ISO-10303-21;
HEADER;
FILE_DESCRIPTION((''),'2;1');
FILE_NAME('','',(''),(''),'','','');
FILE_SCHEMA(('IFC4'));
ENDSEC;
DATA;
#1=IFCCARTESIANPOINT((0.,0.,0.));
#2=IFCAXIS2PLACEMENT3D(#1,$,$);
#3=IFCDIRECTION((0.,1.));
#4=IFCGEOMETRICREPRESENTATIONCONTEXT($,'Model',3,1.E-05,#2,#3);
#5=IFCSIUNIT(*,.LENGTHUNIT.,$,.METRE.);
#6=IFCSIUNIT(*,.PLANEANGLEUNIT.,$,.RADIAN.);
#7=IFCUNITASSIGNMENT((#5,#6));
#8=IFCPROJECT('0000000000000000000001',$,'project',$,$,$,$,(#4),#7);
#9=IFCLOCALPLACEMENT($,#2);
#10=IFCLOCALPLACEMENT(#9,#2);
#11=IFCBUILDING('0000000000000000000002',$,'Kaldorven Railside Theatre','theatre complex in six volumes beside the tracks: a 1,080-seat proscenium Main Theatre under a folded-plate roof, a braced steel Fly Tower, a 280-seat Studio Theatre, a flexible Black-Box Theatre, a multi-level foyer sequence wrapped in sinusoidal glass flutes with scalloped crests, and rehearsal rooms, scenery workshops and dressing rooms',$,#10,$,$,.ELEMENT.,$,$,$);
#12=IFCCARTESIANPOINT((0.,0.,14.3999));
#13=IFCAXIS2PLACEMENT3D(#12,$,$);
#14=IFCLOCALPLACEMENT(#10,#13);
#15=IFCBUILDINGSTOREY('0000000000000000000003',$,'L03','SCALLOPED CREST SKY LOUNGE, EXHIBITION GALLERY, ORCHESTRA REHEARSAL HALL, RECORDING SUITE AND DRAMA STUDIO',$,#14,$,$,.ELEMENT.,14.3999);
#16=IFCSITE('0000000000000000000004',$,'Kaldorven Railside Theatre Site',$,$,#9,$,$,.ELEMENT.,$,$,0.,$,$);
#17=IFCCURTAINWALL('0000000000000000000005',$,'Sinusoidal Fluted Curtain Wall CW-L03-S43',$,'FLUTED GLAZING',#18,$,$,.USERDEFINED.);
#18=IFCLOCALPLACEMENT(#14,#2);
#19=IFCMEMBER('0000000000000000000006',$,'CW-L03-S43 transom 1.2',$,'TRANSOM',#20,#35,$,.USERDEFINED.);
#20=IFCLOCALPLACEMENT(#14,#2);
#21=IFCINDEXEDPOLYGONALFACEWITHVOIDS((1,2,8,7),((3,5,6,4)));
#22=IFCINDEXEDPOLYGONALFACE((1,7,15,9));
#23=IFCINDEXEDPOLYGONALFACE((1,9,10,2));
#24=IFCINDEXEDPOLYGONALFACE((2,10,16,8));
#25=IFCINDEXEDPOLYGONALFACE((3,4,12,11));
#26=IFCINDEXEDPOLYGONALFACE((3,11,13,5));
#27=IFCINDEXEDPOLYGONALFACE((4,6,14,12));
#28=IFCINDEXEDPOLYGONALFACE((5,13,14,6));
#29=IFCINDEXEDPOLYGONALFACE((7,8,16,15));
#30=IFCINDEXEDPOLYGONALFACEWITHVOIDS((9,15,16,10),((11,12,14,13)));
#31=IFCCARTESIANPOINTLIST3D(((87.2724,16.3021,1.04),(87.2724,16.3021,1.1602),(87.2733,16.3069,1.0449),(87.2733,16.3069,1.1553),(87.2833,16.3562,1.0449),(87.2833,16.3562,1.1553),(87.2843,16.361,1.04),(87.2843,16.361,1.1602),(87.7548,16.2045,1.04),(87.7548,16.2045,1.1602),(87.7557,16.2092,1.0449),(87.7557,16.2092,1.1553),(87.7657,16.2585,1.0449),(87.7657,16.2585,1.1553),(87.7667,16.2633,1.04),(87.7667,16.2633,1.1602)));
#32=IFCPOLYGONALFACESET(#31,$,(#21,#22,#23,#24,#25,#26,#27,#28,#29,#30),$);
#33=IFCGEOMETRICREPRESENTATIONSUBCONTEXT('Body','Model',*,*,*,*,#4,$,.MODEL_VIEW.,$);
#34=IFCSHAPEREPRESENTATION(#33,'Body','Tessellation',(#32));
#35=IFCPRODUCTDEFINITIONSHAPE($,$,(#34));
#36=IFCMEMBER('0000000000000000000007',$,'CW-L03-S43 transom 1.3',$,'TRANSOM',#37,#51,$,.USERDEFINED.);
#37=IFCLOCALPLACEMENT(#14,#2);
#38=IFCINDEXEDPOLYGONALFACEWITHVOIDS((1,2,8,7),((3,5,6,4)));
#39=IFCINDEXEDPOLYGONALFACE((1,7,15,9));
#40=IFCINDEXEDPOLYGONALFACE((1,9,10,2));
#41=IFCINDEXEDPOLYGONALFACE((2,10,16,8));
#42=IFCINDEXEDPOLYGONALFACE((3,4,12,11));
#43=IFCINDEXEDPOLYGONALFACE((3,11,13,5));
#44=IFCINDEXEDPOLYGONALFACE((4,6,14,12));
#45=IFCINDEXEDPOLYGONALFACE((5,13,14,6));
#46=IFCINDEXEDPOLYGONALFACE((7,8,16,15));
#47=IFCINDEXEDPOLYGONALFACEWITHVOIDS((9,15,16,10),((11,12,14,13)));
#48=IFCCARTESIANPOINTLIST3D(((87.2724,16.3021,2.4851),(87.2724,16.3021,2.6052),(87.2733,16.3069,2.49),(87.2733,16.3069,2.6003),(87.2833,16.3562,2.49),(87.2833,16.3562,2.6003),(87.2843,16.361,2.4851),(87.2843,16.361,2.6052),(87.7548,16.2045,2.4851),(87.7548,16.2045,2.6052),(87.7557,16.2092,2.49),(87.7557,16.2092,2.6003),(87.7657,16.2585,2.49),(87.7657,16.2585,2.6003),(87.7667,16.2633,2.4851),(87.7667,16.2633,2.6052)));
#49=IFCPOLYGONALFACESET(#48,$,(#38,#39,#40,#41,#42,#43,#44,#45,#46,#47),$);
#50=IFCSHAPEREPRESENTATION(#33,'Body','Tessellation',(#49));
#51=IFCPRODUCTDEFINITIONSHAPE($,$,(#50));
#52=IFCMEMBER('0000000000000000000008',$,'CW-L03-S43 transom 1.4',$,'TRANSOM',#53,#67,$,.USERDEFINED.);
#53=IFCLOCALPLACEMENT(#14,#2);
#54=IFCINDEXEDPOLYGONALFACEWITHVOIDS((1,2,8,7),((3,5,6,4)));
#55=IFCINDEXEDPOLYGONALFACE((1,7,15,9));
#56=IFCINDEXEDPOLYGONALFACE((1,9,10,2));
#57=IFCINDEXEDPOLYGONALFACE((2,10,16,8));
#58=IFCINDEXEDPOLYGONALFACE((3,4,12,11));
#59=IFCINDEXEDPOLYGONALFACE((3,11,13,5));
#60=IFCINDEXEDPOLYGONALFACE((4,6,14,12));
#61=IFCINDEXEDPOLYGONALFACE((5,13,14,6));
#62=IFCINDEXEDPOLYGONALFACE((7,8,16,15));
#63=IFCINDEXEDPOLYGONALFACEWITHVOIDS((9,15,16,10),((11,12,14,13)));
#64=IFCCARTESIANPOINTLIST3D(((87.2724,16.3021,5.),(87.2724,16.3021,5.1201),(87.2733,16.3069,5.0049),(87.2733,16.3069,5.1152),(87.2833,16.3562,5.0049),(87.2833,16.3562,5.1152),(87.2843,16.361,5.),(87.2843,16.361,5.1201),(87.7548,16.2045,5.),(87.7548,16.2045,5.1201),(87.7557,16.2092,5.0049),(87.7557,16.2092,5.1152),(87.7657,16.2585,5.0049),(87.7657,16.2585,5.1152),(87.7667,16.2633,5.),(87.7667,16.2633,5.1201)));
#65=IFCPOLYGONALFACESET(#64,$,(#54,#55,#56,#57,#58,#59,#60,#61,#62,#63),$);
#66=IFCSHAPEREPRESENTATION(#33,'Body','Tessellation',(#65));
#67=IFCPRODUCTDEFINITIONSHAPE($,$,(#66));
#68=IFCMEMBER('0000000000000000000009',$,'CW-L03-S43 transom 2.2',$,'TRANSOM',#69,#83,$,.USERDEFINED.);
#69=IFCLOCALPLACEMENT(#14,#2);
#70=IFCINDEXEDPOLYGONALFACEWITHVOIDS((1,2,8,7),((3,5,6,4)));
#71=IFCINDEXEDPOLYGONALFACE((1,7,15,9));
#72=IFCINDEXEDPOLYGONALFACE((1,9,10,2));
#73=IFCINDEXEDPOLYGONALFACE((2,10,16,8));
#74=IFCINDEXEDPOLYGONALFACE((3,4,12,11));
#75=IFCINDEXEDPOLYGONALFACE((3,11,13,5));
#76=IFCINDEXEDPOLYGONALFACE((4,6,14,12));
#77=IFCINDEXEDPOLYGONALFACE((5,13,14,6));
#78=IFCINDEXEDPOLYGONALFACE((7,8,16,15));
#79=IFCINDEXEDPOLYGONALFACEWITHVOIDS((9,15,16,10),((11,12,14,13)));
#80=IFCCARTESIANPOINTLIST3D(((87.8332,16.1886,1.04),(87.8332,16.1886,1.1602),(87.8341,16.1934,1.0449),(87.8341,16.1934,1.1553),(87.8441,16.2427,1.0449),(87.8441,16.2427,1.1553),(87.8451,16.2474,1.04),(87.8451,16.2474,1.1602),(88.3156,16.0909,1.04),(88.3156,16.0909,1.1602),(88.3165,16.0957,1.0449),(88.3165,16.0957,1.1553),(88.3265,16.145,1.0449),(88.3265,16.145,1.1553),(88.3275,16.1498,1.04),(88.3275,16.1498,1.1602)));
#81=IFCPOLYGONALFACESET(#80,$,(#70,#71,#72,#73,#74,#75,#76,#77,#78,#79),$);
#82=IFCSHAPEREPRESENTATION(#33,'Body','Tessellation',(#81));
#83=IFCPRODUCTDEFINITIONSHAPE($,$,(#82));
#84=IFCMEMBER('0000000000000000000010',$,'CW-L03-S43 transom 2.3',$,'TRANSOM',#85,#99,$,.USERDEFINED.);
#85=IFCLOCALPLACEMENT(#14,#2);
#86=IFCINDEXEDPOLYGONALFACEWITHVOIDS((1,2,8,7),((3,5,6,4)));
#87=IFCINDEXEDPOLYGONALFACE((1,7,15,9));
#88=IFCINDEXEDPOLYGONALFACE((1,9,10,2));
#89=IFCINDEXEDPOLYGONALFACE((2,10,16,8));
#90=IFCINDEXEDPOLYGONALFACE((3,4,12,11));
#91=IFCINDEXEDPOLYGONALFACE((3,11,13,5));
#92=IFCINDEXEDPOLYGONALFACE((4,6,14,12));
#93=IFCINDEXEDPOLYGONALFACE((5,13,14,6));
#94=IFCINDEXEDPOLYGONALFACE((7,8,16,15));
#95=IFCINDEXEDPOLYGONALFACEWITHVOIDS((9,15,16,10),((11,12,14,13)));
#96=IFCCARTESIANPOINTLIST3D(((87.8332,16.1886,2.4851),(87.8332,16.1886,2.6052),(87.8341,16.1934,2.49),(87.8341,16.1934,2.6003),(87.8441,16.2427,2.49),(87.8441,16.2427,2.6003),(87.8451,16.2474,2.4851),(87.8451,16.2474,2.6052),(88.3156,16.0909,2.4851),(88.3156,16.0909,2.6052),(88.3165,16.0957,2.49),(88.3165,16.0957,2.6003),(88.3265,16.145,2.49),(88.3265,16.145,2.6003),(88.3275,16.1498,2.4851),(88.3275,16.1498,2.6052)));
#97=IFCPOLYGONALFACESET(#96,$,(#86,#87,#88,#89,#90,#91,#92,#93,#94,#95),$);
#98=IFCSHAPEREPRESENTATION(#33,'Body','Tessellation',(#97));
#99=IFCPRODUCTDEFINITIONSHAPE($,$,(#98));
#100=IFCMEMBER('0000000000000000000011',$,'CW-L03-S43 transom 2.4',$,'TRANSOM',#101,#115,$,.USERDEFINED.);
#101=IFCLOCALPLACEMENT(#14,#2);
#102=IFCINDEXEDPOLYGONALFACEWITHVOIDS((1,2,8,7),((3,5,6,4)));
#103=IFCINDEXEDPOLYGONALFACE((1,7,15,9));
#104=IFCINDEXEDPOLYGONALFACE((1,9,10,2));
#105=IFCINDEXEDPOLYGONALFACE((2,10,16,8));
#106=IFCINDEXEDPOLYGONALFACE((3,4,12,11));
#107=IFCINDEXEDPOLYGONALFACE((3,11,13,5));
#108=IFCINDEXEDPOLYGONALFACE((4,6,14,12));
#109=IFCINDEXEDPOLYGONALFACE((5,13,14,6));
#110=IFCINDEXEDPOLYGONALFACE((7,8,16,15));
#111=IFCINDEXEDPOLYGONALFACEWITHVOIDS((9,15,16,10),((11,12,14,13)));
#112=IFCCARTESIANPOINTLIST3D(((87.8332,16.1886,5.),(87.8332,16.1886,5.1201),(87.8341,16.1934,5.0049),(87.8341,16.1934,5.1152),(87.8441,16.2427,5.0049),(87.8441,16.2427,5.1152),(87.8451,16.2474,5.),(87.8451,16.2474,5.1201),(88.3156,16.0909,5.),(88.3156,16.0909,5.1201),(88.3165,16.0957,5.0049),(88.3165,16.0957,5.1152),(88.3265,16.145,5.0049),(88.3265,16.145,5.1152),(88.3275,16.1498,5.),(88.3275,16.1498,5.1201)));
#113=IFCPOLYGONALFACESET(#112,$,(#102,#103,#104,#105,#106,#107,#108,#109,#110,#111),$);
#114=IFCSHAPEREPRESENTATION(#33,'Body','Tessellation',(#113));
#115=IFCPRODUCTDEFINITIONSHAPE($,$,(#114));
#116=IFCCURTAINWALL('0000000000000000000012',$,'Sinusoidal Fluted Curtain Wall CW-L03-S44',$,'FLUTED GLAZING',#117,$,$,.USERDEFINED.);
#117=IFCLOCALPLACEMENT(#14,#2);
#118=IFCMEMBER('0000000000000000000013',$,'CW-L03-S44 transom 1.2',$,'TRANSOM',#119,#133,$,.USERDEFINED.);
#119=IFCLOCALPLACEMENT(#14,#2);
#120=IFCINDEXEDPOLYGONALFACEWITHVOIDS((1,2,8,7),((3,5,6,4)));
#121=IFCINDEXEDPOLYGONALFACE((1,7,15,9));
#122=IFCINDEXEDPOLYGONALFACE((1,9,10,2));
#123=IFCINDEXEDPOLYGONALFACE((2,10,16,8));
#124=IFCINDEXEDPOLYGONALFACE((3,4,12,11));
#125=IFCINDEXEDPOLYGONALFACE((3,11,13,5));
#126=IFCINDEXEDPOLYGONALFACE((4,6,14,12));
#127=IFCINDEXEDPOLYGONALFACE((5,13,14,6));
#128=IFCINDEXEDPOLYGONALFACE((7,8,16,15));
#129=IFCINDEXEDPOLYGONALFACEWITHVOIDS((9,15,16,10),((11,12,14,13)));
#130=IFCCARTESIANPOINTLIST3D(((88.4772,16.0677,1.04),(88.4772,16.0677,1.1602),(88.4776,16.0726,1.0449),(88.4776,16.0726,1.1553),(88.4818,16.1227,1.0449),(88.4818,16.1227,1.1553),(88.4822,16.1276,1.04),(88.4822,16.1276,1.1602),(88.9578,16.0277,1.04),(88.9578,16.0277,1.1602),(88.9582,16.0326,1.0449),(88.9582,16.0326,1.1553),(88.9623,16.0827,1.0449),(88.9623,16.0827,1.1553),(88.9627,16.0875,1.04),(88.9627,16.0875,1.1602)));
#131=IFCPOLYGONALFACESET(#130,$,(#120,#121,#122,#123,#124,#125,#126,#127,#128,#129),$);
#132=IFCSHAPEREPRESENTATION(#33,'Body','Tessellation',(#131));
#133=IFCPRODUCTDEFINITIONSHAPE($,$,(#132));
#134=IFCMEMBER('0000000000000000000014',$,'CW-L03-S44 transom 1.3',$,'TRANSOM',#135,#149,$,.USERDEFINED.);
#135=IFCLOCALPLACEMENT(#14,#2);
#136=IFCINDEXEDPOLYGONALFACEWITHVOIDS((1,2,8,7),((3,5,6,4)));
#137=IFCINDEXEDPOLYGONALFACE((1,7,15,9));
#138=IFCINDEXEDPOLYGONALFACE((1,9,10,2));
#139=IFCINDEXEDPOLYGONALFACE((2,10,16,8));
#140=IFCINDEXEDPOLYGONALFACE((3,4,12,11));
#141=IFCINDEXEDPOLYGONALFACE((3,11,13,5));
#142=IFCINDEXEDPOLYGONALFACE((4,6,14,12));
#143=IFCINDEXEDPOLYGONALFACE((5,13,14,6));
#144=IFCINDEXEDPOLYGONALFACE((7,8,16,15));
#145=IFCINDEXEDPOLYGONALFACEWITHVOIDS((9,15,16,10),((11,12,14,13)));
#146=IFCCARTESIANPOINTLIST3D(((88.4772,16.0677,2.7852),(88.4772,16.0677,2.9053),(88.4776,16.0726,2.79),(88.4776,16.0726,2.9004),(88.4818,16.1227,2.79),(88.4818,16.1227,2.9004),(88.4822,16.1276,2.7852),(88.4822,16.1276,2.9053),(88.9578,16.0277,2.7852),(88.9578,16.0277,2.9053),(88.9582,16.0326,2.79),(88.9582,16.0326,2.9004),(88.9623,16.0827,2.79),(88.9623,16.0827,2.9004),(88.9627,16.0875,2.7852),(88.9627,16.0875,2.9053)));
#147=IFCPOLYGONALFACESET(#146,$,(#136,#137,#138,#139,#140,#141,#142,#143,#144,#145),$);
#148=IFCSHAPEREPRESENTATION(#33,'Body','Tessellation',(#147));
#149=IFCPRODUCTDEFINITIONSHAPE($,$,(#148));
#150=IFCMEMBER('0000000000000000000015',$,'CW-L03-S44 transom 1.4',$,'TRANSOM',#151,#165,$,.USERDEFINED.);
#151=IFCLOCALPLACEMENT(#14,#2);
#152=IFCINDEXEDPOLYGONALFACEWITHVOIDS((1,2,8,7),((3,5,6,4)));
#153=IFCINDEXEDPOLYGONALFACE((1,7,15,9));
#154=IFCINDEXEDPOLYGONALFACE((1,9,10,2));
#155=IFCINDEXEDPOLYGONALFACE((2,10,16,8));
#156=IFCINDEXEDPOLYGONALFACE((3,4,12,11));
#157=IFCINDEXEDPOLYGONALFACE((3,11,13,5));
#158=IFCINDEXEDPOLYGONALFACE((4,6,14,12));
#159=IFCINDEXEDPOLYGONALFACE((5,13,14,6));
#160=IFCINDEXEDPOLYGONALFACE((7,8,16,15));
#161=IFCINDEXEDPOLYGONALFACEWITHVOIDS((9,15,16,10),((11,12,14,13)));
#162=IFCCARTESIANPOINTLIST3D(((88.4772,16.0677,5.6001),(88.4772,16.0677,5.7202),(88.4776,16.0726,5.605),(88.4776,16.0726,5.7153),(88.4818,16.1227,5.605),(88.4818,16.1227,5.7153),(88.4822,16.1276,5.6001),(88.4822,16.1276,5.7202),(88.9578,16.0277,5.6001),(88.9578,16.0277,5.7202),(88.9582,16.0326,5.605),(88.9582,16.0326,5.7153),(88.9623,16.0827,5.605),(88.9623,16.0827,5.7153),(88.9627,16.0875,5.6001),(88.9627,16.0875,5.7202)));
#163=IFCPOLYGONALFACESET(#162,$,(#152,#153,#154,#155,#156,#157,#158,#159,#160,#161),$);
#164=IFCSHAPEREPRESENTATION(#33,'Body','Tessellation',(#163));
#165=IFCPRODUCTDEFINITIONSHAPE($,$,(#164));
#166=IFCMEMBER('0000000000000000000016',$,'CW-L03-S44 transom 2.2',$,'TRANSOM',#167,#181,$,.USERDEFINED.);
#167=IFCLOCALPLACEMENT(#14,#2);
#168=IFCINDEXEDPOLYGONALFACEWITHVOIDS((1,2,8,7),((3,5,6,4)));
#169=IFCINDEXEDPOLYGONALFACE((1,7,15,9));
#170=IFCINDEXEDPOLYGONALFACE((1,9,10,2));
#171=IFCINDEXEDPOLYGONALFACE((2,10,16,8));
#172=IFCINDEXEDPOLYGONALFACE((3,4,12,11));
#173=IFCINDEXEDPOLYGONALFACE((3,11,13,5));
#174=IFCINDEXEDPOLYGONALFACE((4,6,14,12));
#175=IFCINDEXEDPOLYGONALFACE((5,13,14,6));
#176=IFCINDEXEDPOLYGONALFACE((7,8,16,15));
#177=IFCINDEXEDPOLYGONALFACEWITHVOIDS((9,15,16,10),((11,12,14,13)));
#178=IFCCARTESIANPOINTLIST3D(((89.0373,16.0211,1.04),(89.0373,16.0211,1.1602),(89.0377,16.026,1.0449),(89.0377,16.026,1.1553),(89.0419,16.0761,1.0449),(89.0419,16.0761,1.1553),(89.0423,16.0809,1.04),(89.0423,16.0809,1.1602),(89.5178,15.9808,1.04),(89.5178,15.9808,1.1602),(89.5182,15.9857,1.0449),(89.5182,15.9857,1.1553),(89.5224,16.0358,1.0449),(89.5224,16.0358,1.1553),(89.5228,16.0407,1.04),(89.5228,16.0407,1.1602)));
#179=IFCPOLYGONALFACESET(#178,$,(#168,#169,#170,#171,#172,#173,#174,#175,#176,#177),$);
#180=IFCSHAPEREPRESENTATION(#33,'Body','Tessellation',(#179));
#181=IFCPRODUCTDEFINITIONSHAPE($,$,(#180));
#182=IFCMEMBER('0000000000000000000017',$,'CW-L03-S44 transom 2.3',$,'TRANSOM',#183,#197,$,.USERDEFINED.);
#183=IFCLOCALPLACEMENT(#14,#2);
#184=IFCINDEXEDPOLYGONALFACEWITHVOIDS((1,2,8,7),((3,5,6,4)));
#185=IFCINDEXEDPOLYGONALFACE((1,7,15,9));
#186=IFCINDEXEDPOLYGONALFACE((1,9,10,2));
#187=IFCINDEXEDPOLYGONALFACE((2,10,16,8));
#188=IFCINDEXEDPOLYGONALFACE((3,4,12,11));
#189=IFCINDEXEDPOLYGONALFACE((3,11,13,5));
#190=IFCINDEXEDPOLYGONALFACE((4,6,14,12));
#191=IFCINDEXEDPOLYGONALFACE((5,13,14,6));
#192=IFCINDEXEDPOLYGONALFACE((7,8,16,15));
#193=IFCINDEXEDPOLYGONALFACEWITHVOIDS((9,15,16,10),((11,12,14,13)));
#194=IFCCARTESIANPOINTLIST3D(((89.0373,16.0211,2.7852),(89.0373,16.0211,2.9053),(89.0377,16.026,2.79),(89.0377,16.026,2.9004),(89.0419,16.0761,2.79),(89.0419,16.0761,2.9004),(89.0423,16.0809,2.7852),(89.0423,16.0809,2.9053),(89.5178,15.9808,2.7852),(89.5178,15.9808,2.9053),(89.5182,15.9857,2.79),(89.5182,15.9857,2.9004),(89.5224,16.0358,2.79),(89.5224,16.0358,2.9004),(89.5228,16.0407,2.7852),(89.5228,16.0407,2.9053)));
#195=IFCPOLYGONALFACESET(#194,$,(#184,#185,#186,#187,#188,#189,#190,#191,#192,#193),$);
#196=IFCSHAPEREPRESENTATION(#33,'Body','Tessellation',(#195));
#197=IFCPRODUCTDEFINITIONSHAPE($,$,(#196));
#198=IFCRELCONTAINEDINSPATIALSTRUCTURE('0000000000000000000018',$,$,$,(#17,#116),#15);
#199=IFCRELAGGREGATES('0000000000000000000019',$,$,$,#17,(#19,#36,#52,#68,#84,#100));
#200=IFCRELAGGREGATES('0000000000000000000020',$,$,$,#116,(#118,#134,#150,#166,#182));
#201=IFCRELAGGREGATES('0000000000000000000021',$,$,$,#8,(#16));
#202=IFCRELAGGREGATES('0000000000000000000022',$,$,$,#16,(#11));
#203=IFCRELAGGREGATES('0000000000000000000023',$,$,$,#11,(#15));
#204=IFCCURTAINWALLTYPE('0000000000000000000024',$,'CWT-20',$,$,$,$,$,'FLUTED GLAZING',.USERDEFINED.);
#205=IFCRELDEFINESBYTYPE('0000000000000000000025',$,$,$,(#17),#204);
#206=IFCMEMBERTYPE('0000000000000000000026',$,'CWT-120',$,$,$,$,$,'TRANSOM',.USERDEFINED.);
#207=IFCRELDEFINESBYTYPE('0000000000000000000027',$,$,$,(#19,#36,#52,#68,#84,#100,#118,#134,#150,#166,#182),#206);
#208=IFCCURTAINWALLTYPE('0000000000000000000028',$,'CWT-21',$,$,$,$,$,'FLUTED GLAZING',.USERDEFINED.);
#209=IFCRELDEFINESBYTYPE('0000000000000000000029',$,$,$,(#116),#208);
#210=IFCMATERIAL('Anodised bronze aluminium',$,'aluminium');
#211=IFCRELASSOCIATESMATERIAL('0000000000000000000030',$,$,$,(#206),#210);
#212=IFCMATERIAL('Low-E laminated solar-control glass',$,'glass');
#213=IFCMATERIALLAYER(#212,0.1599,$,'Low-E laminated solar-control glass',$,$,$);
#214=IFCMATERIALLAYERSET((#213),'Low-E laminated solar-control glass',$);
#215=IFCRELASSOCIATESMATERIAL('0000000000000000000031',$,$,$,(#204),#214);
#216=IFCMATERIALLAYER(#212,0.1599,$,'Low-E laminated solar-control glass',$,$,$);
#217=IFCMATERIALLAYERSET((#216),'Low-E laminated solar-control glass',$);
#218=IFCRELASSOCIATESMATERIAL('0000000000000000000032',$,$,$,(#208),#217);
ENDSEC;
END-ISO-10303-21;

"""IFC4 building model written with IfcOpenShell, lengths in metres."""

from ifc_helpers import new_model, si_unit, direction, frame, origin, origin_2d, place, context, subcontext, project, spatial, hollow_rectangle, extrude, material, layer, layer_set, material_profile, profile_set, type_object, element, aggregate, save


model = new_model("IFC4")

# Units and contexts
model_context = context("Model", 3, precision=1e-05, world=origin(), true_north=direction((0.0, 1.0)))
body_context = subcontext(model_context, "Body", "Model", "MODEL_VIEW")
ifc_project = project(units=[si_unit("LENGTHUNIT", "METRE"), si_unit("PLANEANGLEUNIT", "RADIAN")], contexts=[model_context])

# Site, building, storey
site_placement = place(None, origin())
site = spatial("IfcSite", under=ifc_project, at=site_placement, Name="Kaldorven Railside Theatre Site", CompositionType="ELEMENT", RefElevation=0.0)
building_placement = place(site_placement, origin())
building = spatial("IfcBuilding", under=site, at=building_placement, Name="Kaldorven Railside Theatre", Description="theatre complex in six volumes beside the tracks: a 1,080-seat proscenium Main Theatre under a folded-plate roof, a braced steel Fly Tower, a 280-seat Studio Theatre, a flexible Black-Box Theatre, a multi-level foyer sequence wrapped in sinusoidal glass flutes with scalloped crests, and rehearsal rooms, scenery workshops and dressing rooms", CompositionType="ELEMENT")
storey_placement = place(building_placement, frame((0.0, 0.0, 14.3999)))
storey = spatial("IfcBuildingStorey", under=building, at=storey_placement, Name="L03", Description="SCALLOPED CREST SKY LOUNGE, EXHIBITION GALLERY, ORCHESTRA REHEARSAL HALL, RECORDING SUITE AND DRAMA STUDIO", CompositionType="ELEMENT", Elevation=14.3999)

# Curtain walls, members
ifc_material_1 = material(Name="Low-E laminated solar-control glass", Category="glass")
ifc_material_2 = material(Name="Anodised bronze aluminium", Category="aluminium")
ifc_material_profile = material_profile(ifc_material_2, hollow_rectangle(XDim=0.0601, YDim=0.1201, WallThickness=0.0049, at=origin_2d()), Name="RHS 120x60x5")
ifc_profile_set = profile_set([ifc_material_profile], Name="Anodised bronze aluminium")
member_type = type_object("IfcMemberType", Name="CWT-120", ElementType="TRANSOM", PredefinedType="USERDEFINED", material=ifc_profile_set)
ifc_layer_1 = layer(ifc_material_1, 0.1599, Name="Low-E laminated solar-control glass")
ifc_layer_set_1 = layer_set([ifc_layer_1], Name="Low-E laminated solar-control glass")
curtain_wall_type_1 = type_object("IfcCurtainWallType", Name="CWT-20", ElementType="FLUTED GLAZING", PredefinedType="USERDEFINED", material=ifc_layer_set_1)
curtain_wall_1_placement = place(storey_placement, origin())
curtain_wall_1 = element("IfcCurtainWall", 1, at=curtain_wall_1_placement, inside=storey, type_object=curtain_wall_type_1, Name="Sinusoidal Fluted Curtain Wall CW-L03-S43", ObjectType="FLUTED GLAZING", PredefinedType="USERDEFINED")
member_1_placement = place(storey_placement, frame((87.2783, 16.3315, 1.1001), z_axis=(0.98012, -0.198405, 0.0), x_axis=(0.198405, 0.98012, 0.0)))
member_1 = element("IfcMember", 2, at=member_1_placement, type_object=member_type, Name="CW-L03-S43 transom 1.2", ObjectType="TRANSOM", PredefinedType="USERDEFINED", context=body_context, shape_type="SweptSolid", body=[
    extrude(hollow_rectangle(XDim=0.0601, YDim=0.1201, WallThickness=0.0049, at=origin_2d()), origin(), (0.0, 0.0, 1.0), 0.4922),
])
member_2_placement = place(storey_placement, frame((87.2783, 16.3315, 2.5452), z_axis=(0.98012, -0.198405, 0.0), x_axis=(0.198405, 0.98012, 0.0)))
member_2 = element("IfcMember", 3, at=member_2_placement, type_object=member_type, Name="CW-L03-S43 transom 1.3", ObjectType="TRANSOM", PredefinedType="USERDEFINED", context=body_context, shape_type="SweptSolid", body=[
    extrude(hollow_rectangle(XDim=0.0601, YDim=0.1201, WallThickness=0.0049, at=origin_2d()), origin(), (0.0, 0.0, 1.0), 0.4922),
])
member_3_placement = place(storey_placement, frame((87.2783, 16.3315, 5.0601), z_axis=(0.98012, -0.198405, 0.0), x_axis=(0.198405, 0.98012, 0.0)))
member_3 = element("IfcMember", 4, at=member_3_placement, type_object=member_type, Name="CW-L03-S43 transom 1.4", ObjectType="TRANSOM", PredefinedType="USERDEFINED", context=body_context, shape_type="SweptSolid", body=[
    extrude(hollow_rectangle(XDim=0.0601, YDim=0.1201, WallThickness=0.0049, at=origin_2d()), origin(), (0.0, 0.0, 1.0), 0.4922),
])
member_4_placement = place(storey_placement, frame((87.8391, 16.218, 1.1001), z_axis=(0.98012, -0.198405, 0.0), x_axis=(0.198405, 0.98012, 0.0)))
member_4 = element("IfcMember", 5, at=member_4_placement, type_object=member_type, Name="CW-L03-S43 transom 2.2", ObjectType="TRANSOM", PredefinedType="USERDEFINED", context=body_context, shape_type="SweptSolid", body=[
    extrude(hollow_rectangle(XDim=0.0601, YDim=0.1201, WallThickness=0.0049, at=origin_2d()), origin(), (0.0, 0.0, 1.0), 0.4922),
])
member_5_placement = place(storey_placement, frame((87.8391, 16.218, 2.5452), z_axis=(0.98012, -0.198405, 0.0), x_axis=(0.198405, 0.98012, 0.0)))
member_5 = element("IfcMember", 6, at=member_5_placement, type_object=member_type, Name="CW-L03-S43 transom 2.3", ObjectType="TRANSOM", PredefinedType="USERDEFINED", context=body_context, shape_type="SweptSolid", body=[
    extrude(hollow_rectangle(XDim=0.0601, YDim=0.1201, WallThickness=0.0049, at=origin_2d()), origin(), (0.0, 0.0, 1.0), 0.4922),
])
member_6_placement = place(storey_placement, frame((87.8391, 16.218, 5.0601), z_axis=(0.98012, -0.198405, 0.0), x_axis=(0.198405, 0.98012, 0.0)))
member_6 = element("IfcMember", 7, at=member_6_placement, type_object=member_type, Name="CW-L03-S43 transom 2.4", ObjectType="TRANSOM", PredefinedType="USERDEFINED", context=body_context, shape_type="SweptSolid", body=[
    extrude(hollow_rectangle(XDim=0.0601, YDim=0.1201, WallThickness=0.0049, at=origin_2d()), origin(), (0.0, 0.0, 1.0), 0.4922),
])
ifc_layer_2 = layer(ifc_material_1, 0.1599, Name="Low-E laminated solar-control glass")
ifc_layer_set_2 = layer_set([ifc_layer_2], Name="Low-E laminated solar-control glass")
curtain_wall_type_2 = type_object("IfcCurtainWallType", Name="CWT-21", ElementType="FLUTED GLAZING", PredefinedType="USERDEFINED", material=ifc_layer_set_2)
curtain_wall_2_placement = place(storey_placement, origin())
curtain_wall_2 = element("IfcCurtainWall", 8, at=curtain_wall_2_placement, inside=storey, type_object=curtain_wall_type_2, Name="Sinusoidal Fluted Curtain Wall CW-L03-S44", ObjectType="FLUTED GLAZING", PredefinedType="USERDEFINED")
member_7_placement = place(storey_placement, frame((88.4797, 16.0977, 1.1001), z_axis=(0.996546, -0.083045, 0.0), x_axis=(0.083045, 0.996546, 0.0)))
member_7 = element("IfcMember", 9, at=member_7_placement, type_object=member_type, Name="CW-L03-S44 transom 1.2", ObjectType="TRANSOM", PredefinedType="USERDEFINED", context=body_context, shape_type="SweptSolid", body=[
    extrude(hollow_rectangle(XDim=0.0601, YDim=0.1201, WallThickness=0.0049, at=origin_2d()), origin(), (0.0, 0.0, 1.0), 0.4822),
])
member_8_placement = place(storey_placement, frame((88.4797, 16.0977, 2.8452), z_axis=(0.996546, -0.083045, 0.0), x_axis=(0.083045, 0.996546, 0.0)))
member_8 = element("IfcMember", 10, at=member_8_placement, type_object=member_type, Name="CW-L03-S44 transom 1.3", ObjectType="TRANSOM", PredefinedType="USERDEFINED", context=body_context, shape_type="SweptSolid", body=[
    extrude(hollow_rectangle(XDim=0.0601, YDim=0.1201, WallThickness=0.0049, at=origin_2d()), origin(), (0.0, 0.0, 1.0), 0.4822),
])
member_9_placement = place(storey_placement, frame((88.4797, 16.0977, 5.6602), z_axis=(0.996546, -0.083045, 0.0), x_axis=(0.083045, 0.996546, 0.0)))
member_9 = element("IfcMember", 11, at=member_9_placement, type_object=member_type, Name="CW-L03-S44 transom 1.4", ObjectType="TRANSOM", PredefinedType="USERDEFINED", context=body_context, shape_type="SweptSolid", body=[
    extrude(hollow_rectangle(XDim=0.0601, YDim=0.1201, WallThickness=0.0049, at=origin_2d()), origin(), (0.0, 0.0, 1.0), 0.4822),
])
member_10_placement = place(storey_placement, frame((89.0398, 16.051, 1.1001), z_axis=(0.996504, -0.083548, 0.0), x_axis=(0.083548, 0.996504, 0.0)))
member_10 = element("IfcMember", 12, at=member_10_placement, type_object=member_type, Name="CW-L03-S44 transom 2.2", ObjectType="TRANSOM", PredefinedType="USERDEFINED", context=body_context, shape_type="SweptSolid", body=[
    extrude(hollow_rectangle(XDim=0.0601, YDim=0.1201, WallThickness=0.0049, at=origin_2d()), origin(), (0.0, 0.0, 1.0), 0.4822),
])
member_11_placement = place(storey_placement, frame((89.0398, 16.051, 2.8452), z_axis=(0.996504, -0.083548, 0.0), x_axis=(0.083548, 0.996504, 0.0)))
member_11 = element("IfcMember", 13, at=member_11_placement, type_object=member_type, Name="CW-L03-S44 transom 2.3", ObjectType="TRANSOM", PredefinedType="USERDEFINED", context=body_context, shape_type="SweptSolid", body=[
    extrude(hollow_rectangle(XDim=0.0601, YDim=0.1201, WallThickness=0.0049, at=origin_2d()), origin(), (0.0, 0.0, 1.0), 0.4822),
])

aggregate(curtain_wall_1, [member_1, member_2, member_3, member_4, member_5, member_6])
aggregate(curtain_wall_2, [member_7, member_8, member_9, member_10, member_11])

save(model, "model.ifc")
